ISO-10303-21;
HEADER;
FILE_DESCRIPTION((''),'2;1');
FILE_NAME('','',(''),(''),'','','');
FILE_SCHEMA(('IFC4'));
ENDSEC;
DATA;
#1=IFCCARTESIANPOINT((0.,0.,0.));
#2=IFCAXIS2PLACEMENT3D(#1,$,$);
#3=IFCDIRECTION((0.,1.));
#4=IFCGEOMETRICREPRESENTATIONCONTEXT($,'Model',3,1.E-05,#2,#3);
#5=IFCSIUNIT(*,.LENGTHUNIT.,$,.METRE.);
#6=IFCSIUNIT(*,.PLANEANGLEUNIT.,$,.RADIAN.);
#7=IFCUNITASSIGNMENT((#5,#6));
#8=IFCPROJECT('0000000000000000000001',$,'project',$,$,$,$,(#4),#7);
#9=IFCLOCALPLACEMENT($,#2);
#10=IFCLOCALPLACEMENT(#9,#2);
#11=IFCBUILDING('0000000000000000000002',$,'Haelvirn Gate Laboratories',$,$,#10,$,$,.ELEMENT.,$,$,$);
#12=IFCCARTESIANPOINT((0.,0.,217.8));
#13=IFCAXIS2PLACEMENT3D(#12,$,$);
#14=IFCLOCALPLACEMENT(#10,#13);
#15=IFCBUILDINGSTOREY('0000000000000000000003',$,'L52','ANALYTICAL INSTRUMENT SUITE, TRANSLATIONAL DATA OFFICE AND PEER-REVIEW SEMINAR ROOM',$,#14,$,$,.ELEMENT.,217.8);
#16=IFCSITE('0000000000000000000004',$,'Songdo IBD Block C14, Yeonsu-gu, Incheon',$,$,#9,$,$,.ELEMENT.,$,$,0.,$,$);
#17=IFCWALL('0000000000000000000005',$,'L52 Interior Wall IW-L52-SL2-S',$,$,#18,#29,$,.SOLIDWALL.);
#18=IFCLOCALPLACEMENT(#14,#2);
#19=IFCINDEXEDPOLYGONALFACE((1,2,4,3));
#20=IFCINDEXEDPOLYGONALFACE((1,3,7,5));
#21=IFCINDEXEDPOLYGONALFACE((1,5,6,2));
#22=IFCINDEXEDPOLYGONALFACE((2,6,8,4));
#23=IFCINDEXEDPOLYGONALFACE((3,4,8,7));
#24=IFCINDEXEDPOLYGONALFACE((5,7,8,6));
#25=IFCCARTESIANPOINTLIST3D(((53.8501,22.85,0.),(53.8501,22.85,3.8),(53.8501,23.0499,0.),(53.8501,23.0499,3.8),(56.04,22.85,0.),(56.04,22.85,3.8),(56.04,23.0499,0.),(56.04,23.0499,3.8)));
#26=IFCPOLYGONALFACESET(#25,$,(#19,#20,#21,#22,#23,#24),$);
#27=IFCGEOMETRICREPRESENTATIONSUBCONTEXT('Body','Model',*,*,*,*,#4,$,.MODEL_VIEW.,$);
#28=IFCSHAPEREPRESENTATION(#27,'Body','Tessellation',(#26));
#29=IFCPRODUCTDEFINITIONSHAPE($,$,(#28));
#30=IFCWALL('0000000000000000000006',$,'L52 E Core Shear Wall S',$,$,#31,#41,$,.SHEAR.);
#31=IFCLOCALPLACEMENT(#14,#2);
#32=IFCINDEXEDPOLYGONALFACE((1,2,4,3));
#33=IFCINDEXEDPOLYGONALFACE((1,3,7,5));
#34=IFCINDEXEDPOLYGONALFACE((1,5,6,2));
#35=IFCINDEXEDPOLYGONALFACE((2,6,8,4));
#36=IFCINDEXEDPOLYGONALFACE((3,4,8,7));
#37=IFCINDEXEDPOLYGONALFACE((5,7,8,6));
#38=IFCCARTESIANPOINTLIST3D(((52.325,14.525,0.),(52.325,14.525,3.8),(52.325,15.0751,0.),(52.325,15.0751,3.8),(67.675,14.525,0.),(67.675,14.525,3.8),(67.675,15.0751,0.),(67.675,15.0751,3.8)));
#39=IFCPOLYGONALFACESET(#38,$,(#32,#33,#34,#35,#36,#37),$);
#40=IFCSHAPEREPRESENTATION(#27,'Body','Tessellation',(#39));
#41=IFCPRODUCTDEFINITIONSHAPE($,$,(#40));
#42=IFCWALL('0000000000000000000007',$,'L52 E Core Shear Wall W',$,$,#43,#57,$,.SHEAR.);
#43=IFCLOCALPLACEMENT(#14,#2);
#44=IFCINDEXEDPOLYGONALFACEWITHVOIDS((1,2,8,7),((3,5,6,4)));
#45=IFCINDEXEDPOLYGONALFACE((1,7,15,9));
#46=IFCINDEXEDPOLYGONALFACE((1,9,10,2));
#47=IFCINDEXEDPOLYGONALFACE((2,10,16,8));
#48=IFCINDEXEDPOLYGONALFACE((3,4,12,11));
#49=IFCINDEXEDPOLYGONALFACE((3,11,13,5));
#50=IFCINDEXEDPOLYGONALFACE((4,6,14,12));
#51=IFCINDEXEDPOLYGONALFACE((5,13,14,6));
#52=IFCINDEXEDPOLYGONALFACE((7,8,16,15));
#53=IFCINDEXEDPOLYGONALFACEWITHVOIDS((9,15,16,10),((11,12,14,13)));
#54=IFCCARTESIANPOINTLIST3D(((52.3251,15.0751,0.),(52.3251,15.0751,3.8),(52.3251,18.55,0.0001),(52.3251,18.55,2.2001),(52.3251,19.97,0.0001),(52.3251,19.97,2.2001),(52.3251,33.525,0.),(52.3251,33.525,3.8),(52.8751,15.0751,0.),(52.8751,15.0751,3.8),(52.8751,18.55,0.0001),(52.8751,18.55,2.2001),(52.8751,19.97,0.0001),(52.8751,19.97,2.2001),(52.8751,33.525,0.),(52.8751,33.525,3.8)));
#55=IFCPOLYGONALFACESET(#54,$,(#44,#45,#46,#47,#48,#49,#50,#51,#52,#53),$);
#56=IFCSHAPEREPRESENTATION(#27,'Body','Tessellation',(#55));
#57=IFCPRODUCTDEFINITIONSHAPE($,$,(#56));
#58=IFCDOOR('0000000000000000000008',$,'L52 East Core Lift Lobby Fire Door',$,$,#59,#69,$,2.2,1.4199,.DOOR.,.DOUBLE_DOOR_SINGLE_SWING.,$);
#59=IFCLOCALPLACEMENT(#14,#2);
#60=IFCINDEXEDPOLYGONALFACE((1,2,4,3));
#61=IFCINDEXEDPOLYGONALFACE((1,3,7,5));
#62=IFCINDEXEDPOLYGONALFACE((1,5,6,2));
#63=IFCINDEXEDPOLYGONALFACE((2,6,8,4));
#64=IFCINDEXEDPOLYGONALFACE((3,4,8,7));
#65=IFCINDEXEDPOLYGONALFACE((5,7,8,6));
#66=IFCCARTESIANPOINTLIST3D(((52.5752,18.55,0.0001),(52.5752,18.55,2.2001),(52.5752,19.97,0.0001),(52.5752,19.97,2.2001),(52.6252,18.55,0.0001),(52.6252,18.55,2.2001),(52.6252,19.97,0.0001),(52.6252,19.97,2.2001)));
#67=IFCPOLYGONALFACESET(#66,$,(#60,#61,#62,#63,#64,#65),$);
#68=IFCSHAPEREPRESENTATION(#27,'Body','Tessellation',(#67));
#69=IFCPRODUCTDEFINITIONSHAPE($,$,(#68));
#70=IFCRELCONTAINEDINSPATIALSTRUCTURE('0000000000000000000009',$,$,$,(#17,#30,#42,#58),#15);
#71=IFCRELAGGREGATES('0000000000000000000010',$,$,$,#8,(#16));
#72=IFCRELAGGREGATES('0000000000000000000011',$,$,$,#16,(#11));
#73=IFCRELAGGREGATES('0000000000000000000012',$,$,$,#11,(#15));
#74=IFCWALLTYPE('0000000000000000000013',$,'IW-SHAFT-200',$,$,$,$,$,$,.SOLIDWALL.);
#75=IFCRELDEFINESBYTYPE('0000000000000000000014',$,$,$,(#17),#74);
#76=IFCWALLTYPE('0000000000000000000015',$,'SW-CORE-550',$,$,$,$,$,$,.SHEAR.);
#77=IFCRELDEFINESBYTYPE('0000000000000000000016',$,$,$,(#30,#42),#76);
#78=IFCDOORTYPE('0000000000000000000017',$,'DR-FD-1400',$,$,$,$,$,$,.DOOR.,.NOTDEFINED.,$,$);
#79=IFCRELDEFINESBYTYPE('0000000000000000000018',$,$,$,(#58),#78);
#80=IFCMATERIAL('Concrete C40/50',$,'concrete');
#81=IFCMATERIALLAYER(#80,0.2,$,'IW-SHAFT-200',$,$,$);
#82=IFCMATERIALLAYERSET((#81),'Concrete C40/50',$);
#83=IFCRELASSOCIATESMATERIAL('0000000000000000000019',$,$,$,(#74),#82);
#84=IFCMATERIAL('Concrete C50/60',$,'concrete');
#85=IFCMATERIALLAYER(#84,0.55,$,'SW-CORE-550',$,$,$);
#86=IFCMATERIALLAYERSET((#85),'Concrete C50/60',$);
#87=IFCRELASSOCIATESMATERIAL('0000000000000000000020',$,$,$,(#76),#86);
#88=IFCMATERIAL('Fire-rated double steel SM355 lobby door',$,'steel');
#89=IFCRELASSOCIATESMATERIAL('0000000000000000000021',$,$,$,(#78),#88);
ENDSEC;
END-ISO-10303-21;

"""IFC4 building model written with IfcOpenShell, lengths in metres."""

from ifc_helpers import new_model, si_unit, direction, frame, frame_2d, origin, place, context, subcontext, project, spatial, rectangle, extrude, source, transform, mapped, material, layer, layer_set, type_object, type_shapes, element, fill, save


model = new_model("IFC4")

# Units and contexts
model_context = context("Model", 3, precision=1e-05, world=origin(), true_north=direction((0.0, 1.0)))
body_context = subcontext(model_context, "Body", "Model", "MODEL_VIEW")
ifc_project = project(units=[si_unit("LENGTHUNIT", "METRE"), si_unit("PLANEANGLEUNIT", "RADIAN")], contexts=[model_context])

# Site, building, storey
site_placement = place(None, origin())
site = spatial("IfcSite", under=ifc_project, at=site_placement, Name="Songdo IBD Block C14, Yeonsu-gu, Incheon", CompositionType="ELEMENT", RefElevation=0.0)
building_placement = place(site_placement, origin())
building = spatial("IfcBuilding", under=site, at=building_placement, Name="Haelvirn Gate Laboratories", CompositionType="ELEMENT")
storey_placement = place(building_placement, frame((0.0, 0.0, 217.8)))
storey = spatial("IfcBuildingStorey", under=building, at=storey_placement, Name="L52", Description="ANALYTICAL INSTRUMENT SUITE, TRANSLATIONAL DATA OFFICE AND PEER-REVIEW SEMINAR ROOM", CompositionType="ELEMENT", Elevation=217.8)

# Walls
ifc_material_1 = material(Name="Concrete C40/50", Category="concrete")
ifc_layer_1 = layer(ifc_material_1, 0.2, Name="IW-SHAFT-200")
ifc_layer_set_1 = layer_set([ifc_layer_1], Name="Concrete C40/50")
wall_type_1 = type_object("IfcWallType", Name="IW-SHAFT-200", PredefinedType="SOLIDWALL", material=ifc_layer_set_1)
wall_1_placement = place(storey_placement, frame((53.8501, 22.95, 0.0), z_axis=(0.0, 0.0, 1.0), x_axis=(1.0, 0.0, 0.0)))
element("IfcWall", 1, at=wall_1_placement, inside=storey, type_object=wall_type_1, Name="L52 Interior Wall IW-L52-SL2-S", PredefinedType="SOLIDWALL", context=body_context, shape_type="SweptSolid", body=[
    extrude(rectangle(XDim=2.1899, YDim=0.2, at=frame_2d((1.095, 0.0))), origin(), (0.0, 0.0, 1.0), 3.8),
])
ifc_material_2 = material(Name="Concrete C50/60", Category="concrete")
ifc_layer_2 = layer(ifc_material_2, 0.55, Name="SW-CORE-550")
ifc_layer_set_2 = layer_set([ifc_layer_2], Name="Concrete C50/60")
wall_type_2 = type_object("IfcWallType", Name="SW-CORE-550", PredefinedType="SHEAR", material=ifc_layer_set_2)
wall_2_placement = place(storey_placement, frame((52.325, 14.8, 0.0), z_axis=(0.0, 0.0, 1.0), x_axis=(1.0, 0.0, 0.0)))
element("IfcWall", 2, at=wall_2_placement, inside=storey, type_object=wall_type_2, Name="L52 E Core Shear Wall S", PredefinedType="SHEAR", context=body_context, shape_type="SweptSolid", body=[
    extrude(rectangle(XDim=15.3501, YDim=0.55, at=frame_2d((7.675, 0.0))), origin(), (0.0, 0.0, 1.0), 3.8),
])

# Wall, opening, door
wall_3_placement = place(storey_placement, frame((52.6001, 15.075, 0.0), z_axis=(0.0, 0.0, 1.0), x_axis=(0.0, 1.0, 0.0)))
wall_3 = element("IfcWall", 3, at=wall_3_placement, inside=storey, type_object=wall_type_2, Name="L52 E Core Shear Wall W", PredefinedType="SHEAR", context=body_context, shape_type="SweptSolid", body=[
    extrude(rectangle(XDim=18.45, YDim=0.55, at=frame_2d((9.2251, 0.0))), origin(), (0.0, 0.0, 1.0), 3.8),
])
opening_1_placement = place(wall_3_placement, frame((3.4751, 0.0, 0.0)))
opening_1 = element("IfcOpeningElement", 4, at=opening_1_placement, cuts=wall_3, PredefinedType="OPENING", context=body_context, shape_type="SweptSolid", body=[
    extrude(rectangle(XDim=1.4199, YDim=2.2, at=frame_2d((0.71, 1.1001))), frame((0.0, 0.2852, 0.0), z_axis=(0.0, -1.0, 0.0), x_axis=(1.0, 0.0, 0.0)), (0.0, 0.0, 1.0), 0.5701),
])
ifc_material_3 = material(Name="Fire-rated double steel SM355 lobby door", Category="steel")
door_type_1 = type_object("IfcDoorType", Name="DR-FD-1400", OperationType="NOTDEFINED", PredefinedType="DOOR", material=ifc_material_3)
shared_shape_1 = source(origin(), body_context, "Body", "SweptSolid", [
    extrude(rectangle(XDim=1.4199, YDim=2.2, at=frame_2d((0.71, 1.1001))), frame((0.0, 0.0249, 0.0), z_axis=(0.0, -1.0, 0.0), x_axis=(1.0, 0.0, 0.0)), (0.0, 0.0, 1.0), 0.05),
])
type_shapes(door_type_1, [shared_shape_1])
door_1_placement = place(opening_1_placement, origin())
door_1 = element("IfcDoor", 5, at=door_1_placement, inside=storey, type_object=door_type_1, Name="L52 East Core Lift Lobby Fire Door", OperationType="DOUBLE_DOOR_SINGLE_SWING", OverallHeight=2.2, OverallWidth=1.4199, PredefinedType="DOOR", context=body_context, shape_type="MappedRepresentation", body=[
    mapped(shared_shape_1, transform((0.0, 0.0, 0.0), scale=1.0)),
])
fill(opening_1, door_1)

save(model, "model.ifc")
